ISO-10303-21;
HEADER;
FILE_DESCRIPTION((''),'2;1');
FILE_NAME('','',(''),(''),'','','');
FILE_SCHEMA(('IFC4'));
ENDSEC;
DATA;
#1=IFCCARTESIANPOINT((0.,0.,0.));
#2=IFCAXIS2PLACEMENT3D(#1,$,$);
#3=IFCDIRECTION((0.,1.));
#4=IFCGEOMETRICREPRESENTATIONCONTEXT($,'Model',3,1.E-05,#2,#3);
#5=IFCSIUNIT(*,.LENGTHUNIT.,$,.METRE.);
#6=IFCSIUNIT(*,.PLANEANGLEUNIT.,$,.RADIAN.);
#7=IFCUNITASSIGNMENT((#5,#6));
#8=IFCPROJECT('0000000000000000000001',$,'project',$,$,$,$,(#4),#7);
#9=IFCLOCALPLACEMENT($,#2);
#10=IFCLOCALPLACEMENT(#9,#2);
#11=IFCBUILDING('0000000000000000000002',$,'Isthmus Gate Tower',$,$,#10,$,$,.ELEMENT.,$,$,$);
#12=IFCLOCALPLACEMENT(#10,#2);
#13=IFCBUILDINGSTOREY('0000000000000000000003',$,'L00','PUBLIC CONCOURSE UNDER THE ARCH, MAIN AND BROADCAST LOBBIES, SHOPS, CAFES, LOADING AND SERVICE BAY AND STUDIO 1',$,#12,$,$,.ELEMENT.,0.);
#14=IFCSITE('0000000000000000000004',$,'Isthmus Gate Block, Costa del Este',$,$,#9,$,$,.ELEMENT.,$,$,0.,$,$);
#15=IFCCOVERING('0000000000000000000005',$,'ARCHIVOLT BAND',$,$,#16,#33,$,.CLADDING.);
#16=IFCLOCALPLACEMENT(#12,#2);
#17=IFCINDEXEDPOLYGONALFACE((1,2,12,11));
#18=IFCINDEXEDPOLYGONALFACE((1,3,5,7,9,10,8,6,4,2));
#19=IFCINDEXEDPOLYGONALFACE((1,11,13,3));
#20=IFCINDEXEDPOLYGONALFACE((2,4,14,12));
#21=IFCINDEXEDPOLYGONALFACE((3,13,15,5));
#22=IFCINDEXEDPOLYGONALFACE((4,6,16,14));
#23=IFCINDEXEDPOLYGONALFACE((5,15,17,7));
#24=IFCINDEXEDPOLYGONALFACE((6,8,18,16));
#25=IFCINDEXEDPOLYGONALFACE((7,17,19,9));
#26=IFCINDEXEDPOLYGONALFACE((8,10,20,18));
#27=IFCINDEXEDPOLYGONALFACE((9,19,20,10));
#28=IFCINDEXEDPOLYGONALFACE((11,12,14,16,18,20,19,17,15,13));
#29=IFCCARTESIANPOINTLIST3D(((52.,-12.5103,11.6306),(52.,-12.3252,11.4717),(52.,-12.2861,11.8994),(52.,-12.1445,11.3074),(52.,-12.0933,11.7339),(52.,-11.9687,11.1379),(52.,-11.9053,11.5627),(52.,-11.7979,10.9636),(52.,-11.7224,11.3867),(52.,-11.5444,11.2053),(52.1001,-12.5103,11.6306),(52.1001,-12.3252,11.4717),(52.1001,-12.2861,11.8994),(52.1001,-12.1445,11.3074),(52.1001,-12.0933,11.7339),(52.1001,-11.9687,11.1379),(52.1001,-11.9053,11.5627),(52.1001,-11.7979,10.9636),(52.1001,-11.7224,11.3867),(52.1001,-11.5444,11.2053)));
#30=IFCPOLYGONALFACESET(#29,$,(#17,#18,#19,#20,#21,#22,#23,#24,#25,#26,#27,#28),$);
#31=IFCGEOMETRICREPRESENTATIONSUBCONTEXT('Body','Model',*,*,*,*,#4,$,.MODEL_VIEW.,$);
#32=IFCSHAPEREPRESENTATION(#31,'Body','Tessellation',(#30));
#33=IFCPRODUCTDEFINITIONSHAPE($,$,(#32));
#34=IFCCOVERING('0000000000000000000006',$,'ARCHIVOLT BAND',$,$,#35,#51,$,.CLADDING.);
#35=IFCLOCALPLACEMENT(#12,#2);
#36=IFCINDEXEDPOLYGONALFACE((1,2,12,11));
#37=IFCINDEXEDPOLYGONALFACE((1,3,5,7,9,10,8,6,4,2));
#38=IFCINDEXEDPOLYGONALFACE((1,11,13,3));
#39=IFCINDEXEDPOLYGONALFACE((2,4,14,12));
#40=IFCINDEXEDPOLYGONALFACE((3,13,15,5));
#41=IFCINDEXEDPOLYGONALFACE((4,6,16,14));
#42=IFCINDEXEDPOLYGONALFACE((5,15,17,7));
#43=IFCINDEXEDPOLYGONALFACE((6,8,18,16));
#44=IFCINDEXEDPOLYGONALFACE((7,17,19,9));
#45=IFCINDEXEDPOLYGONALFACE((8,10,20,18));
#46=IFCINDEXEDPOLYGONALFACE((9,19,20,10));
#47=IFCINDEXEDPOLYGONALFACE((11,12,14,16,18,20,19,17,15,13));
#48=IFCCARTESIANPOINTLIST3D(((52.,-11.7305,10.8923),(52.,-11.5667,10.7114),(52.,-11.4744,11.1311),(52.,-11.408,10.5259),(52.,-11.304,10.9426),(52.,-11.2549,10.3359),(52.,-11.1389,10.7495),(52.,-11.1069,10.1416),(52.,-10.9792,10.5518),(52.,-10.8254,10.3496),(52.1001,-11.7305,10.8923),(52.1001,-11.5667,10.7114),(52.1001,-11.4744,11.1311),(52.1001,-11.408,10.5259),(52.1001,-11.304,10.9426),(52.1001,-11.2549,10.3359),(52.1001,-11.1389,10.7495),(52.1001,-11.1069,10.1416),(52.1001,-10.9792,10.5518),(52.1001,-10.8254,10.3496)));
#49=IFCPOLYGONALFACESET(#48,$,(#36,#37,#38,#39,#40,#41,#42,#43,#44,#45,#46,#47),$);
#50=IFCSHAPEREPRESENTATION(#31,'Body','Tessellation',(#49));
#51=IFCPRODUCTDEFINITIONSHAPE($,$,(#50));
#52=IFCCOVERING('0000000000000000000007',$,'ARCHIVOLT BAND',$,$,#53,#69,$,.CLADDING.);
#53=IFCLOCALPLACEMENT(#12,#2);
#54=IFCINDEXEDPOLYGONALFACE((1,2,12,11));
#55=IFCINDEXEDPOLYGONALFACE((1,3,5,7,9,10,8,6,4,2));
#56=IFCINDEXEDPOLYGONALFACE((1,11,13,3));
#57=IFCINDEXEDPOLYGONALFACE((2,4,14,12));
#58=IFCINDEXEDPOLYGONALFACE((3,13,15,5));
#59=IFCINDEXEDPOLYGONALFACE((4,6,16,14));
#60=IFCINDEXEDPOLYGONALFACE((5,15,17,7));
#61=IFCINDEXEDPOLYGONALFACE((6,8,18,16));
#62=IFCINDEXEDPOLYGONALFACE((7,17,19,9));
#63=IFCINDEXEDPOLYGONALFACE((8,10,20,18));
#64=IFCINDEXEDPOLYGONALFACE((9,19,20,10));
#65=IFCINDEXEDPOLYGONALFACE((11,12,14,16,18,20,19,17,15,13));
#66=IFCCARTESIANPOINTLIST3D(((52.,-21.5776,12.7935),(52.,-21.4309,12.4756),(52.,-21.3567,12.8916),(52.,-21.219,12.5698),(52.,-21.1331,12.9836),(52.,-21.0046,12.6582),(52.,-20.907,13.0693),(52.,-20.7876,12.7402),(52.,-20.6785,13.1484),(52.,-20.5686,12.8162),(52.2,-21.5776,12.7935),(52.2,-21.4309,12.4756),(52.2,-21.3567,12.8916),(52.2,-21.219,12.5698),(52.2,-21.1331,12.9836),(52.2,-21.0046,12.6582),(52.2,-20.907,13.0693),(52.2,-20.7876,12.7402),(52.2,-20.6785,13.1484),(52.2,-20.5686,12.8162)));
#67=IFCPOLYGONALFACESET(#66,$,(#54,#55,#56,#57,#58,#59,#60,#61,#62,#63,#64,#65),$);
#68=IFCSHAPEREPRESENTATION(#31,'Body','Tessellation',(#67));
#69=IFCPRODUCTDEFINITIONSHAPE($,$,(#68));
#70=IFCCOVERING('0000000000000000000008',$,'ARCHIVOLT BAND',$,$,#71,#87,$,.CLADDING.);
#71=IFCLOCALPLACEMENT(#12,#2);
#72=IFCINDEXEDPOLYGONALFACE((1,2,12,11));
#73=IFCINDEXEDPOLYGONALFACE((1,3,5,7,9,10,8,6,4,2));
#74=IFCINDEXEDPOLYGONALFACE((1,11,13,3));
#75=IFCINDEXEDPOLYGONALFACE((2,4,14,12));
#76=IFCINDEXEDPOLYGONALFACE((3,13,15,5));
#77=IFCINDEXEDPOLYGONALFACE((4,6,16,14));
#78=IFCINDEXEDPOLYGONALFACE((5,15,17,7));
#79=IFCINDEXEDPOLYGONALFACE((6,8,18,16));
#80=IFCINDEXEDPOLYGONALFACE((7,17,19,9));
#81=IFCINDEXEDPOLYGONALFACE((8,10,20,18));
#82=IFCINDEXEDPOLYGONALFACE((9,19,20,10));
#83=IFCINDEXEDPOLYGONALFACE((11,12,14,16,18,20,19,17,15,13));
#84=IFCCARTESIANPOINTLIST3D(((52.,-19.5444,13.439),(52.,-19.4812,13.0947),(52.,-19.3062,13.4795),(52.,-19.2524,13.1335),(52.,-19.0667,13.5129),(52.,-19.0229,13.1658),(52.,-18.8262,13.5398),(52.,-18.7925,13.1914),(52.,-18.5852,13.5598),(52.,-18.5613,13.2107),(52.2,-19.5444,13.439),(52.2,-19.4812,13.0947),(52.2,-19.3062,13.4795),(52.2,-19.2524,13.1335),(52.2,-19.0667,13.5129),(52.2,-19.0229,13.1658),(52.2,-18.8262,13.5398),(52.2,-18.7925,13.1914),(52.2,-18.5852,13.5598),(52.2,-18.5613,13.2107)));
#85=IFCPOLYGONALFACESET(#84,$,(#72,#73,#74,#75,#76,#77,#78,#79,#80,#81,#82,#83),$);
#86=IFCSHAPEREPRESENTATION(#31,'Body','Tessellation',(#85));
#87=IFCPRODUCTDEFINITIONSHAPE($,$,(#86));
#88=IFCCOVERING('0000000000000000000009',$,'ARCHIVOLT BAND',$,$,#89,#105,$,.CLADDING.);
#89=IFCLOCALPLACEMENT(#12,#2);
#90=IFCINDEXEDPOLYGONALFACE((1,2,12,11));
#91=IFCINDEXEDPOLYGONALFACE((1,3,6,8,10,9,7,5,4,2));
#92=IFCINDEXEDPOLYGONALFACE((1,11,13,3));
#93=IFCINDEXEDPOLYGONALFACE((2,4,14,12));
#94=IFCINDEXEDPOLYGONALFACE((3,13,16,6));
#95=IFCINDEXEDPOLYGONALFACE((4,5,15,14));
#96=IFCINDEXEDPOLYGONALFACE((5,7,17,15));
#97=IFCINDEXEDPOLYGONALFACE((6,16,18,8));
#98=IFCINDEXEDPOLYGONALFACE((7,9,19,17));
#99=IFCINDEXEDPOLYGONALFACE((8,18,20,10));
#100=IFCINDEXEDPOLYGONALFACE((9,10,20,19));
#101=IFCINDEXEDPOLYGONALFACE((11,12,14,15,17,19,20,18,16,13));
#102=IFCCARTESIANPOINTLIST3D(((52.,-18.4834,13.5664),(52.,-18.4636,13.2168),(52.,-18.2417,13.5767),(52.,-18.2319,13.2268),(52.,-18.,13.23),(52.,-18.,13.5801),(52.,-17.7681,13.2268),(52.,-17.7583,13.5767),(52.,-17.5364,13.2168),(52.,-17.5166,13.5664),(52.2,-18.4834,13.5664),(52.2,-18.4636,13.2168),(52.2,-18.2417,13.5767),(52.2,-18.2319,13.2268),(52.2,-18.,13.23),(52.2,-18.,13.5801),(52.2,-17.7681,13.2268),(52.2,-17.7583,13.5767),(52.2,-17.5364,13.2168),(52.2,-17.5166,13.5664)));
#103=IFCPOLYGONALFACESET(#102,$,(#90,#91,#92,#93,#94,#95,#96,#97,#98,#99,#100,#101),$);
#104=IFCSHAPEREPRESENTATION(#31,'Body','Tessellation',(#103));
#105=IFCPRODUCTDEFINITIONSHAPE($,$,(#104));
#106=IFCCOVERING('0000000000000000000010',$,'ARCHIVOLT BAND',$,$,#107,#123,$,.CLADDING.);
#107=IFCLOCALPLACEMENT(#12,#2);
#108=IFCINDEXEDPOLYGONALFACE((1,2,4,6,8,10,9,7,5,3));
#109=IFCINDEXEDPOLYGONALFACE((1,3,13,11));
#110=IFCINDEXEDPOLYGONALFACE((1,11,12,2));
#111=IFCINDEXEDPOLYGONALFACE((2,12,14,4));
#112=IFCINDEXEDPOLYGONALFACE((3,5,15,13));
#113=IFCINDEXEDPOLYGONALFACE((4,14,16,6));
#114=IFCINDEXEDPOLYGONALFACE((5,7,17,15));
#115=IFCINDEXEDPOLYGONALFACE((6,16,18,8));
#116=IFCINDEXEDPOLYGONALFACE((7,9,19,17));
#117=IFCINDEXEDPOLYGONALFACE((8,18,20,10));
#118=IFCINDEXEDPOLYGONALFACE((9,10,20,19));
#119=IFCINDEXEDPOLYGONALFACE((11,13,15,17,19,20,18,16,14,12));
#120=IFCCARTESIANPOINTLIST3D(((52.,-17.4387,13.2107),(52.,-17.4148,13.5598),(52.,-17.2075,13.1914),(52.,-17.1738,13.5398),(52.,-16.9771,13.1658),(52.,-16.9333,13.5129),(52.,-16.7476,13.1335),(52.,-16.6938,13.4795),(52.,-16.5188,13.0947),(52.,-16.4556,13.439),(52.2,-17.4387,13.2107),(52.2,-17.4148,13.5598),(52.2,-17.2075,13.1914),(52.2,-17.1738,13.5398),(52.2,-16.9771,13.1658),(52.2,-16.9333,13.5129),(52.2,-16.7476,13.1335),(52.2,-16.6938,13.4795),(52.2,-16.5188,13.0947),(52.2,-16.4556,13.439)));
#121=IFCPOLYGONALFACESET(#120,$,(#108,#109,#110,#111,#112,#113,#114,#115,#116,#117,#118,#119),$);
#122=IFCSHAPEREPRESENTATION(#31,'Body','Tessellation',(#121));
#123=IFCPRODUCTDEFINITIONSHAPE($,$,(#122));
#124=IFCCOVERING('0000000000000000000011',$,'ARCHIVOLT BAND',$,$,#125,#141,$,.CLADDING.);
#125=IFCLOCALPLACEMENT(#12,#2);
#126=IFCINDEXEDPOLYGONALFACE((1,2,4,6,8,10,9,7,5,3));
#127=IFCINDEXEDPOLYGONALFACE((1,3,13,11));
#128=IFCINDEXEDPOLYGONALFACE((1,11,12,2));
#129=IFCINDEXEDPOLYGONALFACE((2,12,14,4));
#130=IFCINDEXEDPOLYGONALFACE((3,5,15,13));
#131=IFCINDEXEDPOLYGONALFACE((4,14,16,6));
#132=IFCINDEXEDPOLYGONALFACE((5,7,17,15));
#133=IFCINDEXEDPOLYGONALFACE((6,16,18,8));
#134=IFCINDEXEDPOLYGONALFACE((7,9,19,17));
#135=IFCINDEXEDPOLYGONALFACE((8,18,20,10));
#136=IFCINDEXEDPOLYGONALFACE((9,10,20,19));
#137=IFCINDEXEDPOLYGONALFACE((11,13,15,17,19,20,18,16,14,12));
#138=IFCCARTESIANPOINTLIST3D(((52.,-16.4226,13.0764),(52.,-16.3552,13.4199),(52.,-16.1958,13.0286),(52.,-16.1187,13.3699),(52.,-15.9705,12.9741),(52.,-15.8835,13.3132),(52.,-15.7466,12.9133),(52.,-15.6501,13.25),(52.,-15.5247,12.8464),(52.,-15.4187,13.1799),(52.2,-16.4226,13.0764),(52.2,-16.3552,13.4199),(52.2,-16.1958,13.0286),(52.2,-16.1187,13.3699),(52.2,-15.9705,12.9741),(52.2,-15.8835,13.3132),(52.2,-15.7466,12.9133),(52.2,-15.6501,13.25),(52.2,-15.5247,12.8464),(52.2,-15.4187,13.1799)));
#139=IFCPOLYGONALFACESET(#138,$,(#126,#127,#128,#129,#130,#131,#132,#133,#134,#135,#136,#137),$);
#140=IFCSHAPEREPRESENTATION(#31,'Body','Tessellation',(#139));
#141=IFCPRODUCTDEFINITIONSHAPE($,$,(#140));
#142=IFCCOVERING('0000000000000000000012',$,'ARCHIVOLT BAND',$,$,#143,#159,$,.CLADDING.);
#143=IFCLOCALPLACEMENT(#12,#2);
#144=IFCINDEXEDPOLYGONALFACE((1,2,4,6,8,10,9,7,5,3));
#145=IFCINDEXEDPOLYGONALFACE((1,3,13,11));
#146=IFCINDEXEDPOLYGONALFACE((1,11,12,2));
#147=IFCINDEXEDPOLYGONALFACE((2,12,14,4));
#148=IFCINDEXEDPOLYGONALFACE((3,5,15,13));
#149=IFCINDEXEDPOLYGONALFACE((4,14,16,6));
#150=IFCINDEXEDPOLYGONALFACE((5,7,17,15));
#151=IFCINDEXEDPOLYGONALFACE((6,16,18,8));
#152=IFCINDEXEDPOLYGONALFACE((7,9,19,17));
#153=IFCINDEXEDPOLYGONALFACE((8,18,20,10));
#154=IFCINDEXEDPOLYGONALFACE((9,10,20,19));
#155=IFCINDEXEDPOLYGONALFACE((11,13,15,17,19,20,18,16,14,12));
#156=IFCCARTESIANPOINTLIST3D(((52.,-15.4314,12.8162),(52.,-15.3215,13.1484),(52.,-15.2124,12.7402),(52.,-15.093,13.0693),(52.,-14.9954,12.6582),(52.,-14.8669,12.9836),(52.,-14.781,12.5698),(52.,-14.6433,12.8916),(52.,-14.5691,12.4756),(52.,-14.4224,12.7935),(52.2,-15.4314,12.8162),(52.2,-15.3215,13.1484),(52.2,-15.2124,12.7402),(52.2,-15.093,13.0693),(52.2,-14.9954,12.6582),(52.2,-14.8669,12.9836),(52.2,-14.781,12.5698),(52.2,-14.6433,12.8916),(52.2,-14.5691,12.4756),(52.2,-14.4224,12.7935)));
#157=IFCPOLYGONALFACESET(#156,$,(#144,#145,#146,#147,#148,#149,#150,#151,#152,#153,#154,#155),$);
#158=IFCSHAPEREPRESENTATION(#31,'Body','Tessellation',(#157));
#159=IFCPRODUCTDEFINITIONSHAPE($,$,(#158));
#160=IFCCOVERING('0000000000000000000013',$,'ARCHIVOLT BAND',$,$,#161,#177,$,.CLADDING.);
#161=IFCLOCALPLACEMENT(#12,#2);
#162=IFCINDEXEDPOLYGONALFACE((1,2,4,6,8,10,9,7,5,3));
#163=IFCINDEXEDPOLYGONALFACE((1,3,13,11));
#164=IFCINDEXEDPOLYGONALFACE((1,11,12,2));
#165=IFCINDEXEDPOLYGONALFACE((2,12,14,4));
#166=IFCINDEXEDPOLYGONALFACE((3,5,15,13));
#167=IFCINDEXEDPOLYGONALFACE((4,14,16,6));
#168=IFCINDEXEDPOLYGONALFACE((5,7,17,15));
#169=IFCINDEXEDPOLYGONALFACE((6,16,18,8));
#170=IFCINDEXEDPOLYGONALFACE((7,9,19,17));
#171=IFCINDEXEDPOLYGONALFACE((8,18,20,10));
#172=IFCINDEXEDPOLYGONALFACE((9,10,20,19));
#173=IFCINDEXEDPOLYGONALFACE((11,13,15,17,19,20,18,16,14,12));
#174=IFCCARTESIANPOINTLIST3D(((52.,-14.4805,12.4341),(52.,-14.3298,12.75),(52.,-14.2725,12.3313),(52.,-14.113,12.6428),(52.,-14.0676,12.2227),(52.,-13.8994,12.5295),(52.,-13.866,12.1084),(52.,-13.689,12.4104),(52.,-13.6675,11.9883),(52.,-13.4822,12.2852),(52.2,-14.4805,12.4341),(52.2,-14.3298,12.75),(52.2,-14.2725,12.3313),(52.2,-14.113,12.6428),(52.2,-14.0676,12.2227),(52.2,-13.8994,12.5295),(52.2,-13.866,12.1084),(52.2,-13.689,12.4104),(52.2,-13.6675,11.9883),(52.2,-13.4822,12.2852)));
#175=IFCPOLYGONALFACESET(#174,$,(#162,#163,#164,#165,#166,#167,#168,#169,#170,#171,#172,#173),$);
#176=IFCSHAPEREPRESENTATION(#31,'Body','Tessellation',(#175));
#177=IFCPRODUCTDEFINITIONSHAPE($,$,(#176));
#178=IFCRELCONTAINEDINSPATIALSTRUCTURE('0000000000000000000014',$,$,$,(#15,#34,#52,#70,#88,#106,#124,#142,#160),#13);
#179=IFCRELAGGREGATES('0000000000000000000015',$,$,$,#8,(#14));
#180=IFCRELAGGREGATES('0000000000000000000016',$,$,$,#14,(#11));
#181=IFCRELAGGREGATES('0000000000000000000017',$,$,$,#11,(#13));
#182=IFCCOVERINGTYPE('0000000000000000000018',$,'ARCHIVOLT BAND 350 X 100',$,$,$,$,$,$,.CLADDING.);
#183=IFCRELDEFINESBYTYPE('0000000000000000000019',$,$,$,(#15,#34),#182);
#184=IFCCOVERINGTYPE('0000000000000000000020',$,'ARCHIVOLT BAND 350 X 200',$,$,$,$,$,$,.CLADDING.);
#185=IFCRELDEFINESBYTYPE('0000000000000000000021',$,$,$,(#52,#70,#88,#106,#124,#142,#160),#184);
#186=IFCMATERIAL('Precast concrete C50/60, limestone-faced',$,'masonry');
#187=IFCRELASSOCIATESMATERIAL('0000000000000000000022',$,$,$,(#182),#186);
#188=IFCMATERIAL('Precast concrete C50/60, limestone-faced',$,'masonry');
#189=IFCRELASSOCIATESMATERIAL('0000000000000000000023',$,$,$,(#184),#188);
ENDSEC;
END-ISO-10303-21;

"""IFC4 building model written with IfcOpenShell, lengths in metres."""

from ifc_helpers import new_model, si_unit, direction, frame, origin, place, context, subcontext, project, spatial, polyline, outline, extrude, material, type_object, element, save


model = new_model("IFC4")

# Units and contexts
model_context = context("Model", 3, precision=1e-05, world=origin(), true_north=direction((0.0, 1.0)))
body_context = subcontext(model_context, "Body", "Model", "MODEL_VIEW")
ifc_project = project(units=[si_unit("LENGTHUNIT", "METRE"), si_unit("PLANEANGLEUNIT", "RADIAN")], contexts=[model_context])

# Site, building, storey
site_placement = place(None, origin())
site = spatial("IfcSite", under=ifc_project, at=site_placement, Name="Isthmus Gate Block, Costa del Este", CompositionType="ELEMENT", RefElevation=0.0)
building_placement = place(site_placement, origin())
building = spatial("IfcBuilding", under=site, at=building_placement, Name="Isthmus Gate Tower", CompositionType="ELEMENT")
storey_placement = place(building_placement, origin())
storey = spatial("IfcBuildingStorey", under=building, at=storey_placement, Name="L00", Description="PUBLIC CONCOURSE UNDER THE ARCH, MAIN AND BROADCAST LOBBIES, SHOPS, CAFES, LOADING AND SERVICE BAY AND STUDIO 1", CompositionType="ELEMENT", Elevation=0.0)

# Coverings
ifc_material_1 = material(Name="Precast concrete C50/60, limestone-faced", Category="masonry")
covering_type_1 = type_object("IfcCoveringType", Name="ARCHIVOLT BAND 350 X 100", PredefinedType="CLADDING", material=ifc_material_1)
covering_1_placement = place(storey_placement, frame((52.1001, -12.5103, 11.6306), z_axis=(1.0, 0.0, 0.0), x_axis=(0.0, 0.75862, -0.651533)))
element("IfcCovering", 1, at=covering_1_placement, inside=storey, type_object=covering_type_1, Name="ARCHIVOLT BAND", PredefinedType="CLADDING", context=body_context, shape_type="SweptSolid", body=[
    extrude(outline(polyline([(0.0, 0.0), (0.2439, 0.0), (0.488, -0.0069), (0.7318, -0.0209), (0.975, -0.0418), (1.0098, 0.3066), (0.7566, 0.3283), (0.5032, 0.3427), (0.2491, 0.35), (-0.0051, 0.3499), (0.0, 0.0)])), origin(), (0.0, 0.0, -1.0), 0.1001),
])
covering_2_placement = place(storey_placement, frame((52.1001, -11.7305, 10.8923), z_axis=(1.0, 0.0, 0.0), x_axis=(0.0, 0.671228, -0.741251)))
element("IfcCovering", 2, at=covering_2_placement, inside=storey, type_object=covering_type_1, Name="ARCHIVOLT BAND", PredefinedType="CLADDING", context=body_context, shape_type="SweptSolid", body=[
    extrude(outline(polyline([(0.0, 0.0), (0.2441, 0.0), (0.4881, -0.0069), (0.7317, -0.0209), (0.975, -0.0417), (1.0098, 0.3066), (0.7567, 0.3282), (0.5029, 0.3426), (0.249, 0.3499), (-0.0051, 0.3501), (0.0, 0.0)])), origin(), (0.0, 0.0, -1.0), 0.1001),
])
ifc_material_2 = material(Name="Precast concrete C50/60, limestone-faced", Category="masonry")
covering_type_2 = type_object("IfcCoveringType", Name="ARCHIVOLT BAND 350 X 200", PredefinedType="CLADDING", material=ifc_material_2)
covering_3_placement = place(storey_placement, frame((52.2, -21.4309, 12.4756), z_axis=(1.0, 0.0, 0.0), x_axis=(0.0, 0.913725, 0.406334)))
element("IfcCovering", 3, at=covering_3_placement, inside=storey, type_object=covering_type_2, Name="ARCHIVOLT BAND", PredefinedType="CLADDING", context=body_context, shape_type="SweptSolid", body=[
    extrude(outline(polyline([(0.0, 0.0), (0.2319, 0.0), (0.4637, -0.0063), (0.6953, -0.0196), (0.9263, -0.0392), (0.9609, 0.3091), (0.72, 0.3296), (0.4786, 0.3432), (0.2369, 0.35), (-0.0049, 0.3501), (0.0, 0.0)])), origin(), (0.0, 0.0, -1.0), 0.2),
])
covering_4_placement = place(storey_placement, frame((52.2, -19.4812, 13.0947), z_axis=(1.0, 0.0, 0.0), x_axis=(0.0, 0.985906, 0.167299)))
element("IfcCovering", 4, at=covering_4_placement, inside=storey, type_object=covering_type_2, Name="ARCHIVOLT BAND", PredefinedType="CLADDING", context=body_context, shape_type="SweptSolid", body=[
    extrude(outline(polyline([(0.0, 0.0), (0.232, 0.0), (0.4637, -0.0066), (0.6952, -0.0199), (0.9264, -0.0396), (0.9612, 0.3086), (0.7203, 0.3292), (0.4787, 0.343), (0.237, 0.3501), (-0.0048, 0.35), (0.0, 0.0)])), origin(), (0.0, 0.0, -1.0), 0.2),
])
covering_5_placement = place(storey_placement, frame((52.2, -18.4636, 13.2168), z_axis=(1.0, 0.0, 0.0), x_axis=(0.0, 0.999068, 0.043163)))
element("IfcCovering", 5, at=covering_5_placement, inside=storey, type_object=covering_type_2, Name="ARCHIVOLT BAND", PredefinedType="CLADDING", context=body_context, shape_type="SweptSolid", body=[
    extrude(outline(polyline([(0.0, 0.0), (0.2319, 0.0), (0.4638, -0.0068), (0.6953, -0.02), (0.9264, -0.04), (0.9612, 0.3084), (0.7202, 0.3291), (0.4789, 0.3429), (0.2372, 0.3499), (-0.0047, 0.3501), (0.0, 0.0)])), origin(), (0.0, 0.0, -1.0), 0.2),
])
covering_6_placement = place(storey_placement, frame((52.2, -17.4387, 13.2107), z_axis=(1.0, 0.0, 0.0), x_axis=(0.0, 0.996538, -0.083133)))
element("IfcCovering", 6, at=covering_6_placement, inside=storey, type_object=covering_type_2, Name="ARCHIVOLT BAND", PredefinedType="CLADDING", context=body_context, shape_type="SweptSolid", body=[
    extrude(outline(polyline([(0.0, 0.0), (0.232, 0.0), (0.4638, -0.0064), (0.6952, -0.0194), (0.9264, -0.0391), (0.9608, 0.3092), (0.7199, 0.3298), (0.4785, 0.3432), (0.2366, 0.35), (-0.0052, 0.3499), (0.0, 0.0)])), origin(), (0.0, 0.0, -1.0), 0.2),
])
covering_7_placement = place(storey_placement, frame((52.2, -16.4226, 13.0764), z_axis=(1.0, 0.0, 0.0), x_axis=(0.0, 0.97846, -0.206435)))
element("IfcCovering", 7, at=covering_7_placement, inside=storey, type_object=covering_type_2, Name="ARCHIVOLT BAND", PredefinedType="CLADDING", context=body_context, shape_type="SweptSolid", body=[
    extrude(outline(polyline([(0.0, 0.0), (0.2318, 0.0), (0.4635, -0.0068), (0.6951, -0.02), (0.9261, -0.0397), (0.9609, 0.3085), (0.72, 0.3293), (0.4786, 0.343), (0.2368, 0.3499), (-0.005, 0.35), (0.0, 0.0)])), origin(), (0.0, 0.0, -1.0), 0.2),
])
covering_8_placement = place(storey_placement, frame((52.2, -15.4314, 12.8162), z_axis=(1.0, 0.0, 0.0), x_axis=(0.0, 0.944823, -0.327581)))
element("IfcCovering", 8, at=covering_8_placement, inside=storey, type_object=covering_type_2, Name="ARCHIVOLT BAND", PredefinedType="CLADDING", context=body_context, shape_type="SweptSolid", body=[
    extrude(outline(polyline([(0.0, 0.0), (0.2318, 0.0), (0.4637, -0.0064), (0.6952, -0.0197), (0.9263, -0.0393), (0.9608, 0.3091), (0.7199, 0.3294), (0.4784, 0.3431), (0.2368, 0.3501), (-0.005, 0.3499), (0.0, 0.0)])), origin(), (0.0, 0.0, -1.0), 0.2),
])
covering_9_placement = place(storey_placement, frame((52.2, -14.4805, 12.4341), z_axis=(1.0, 0.0, 0.0), x_axis=(0.0, 0.896522, -0.443)))
element("IfcCovering", 9, at=covering_9_placement, inside=storey, type_object=covering_type_2, Name="ARCHIVOLT BAND", PredefinedType="CLADDING", context=body_context, shape_type="SweptSolid", body=[
    extrude(outline(polyline([(0.0, 0.0), (0.232, 0.0), (0.4638, -0.0067), (0.6952, -0.0198), (0.9264, -0.0395), (0.961, 0.3087), (0.7201, 0.3294), (0.4786, 0.343), (0.2369, 0.3499), (-0.0049, 0.35), (0.0, 0.0)])), origin(), (0.0, 0.0, -1.0), 0.2),
])

save(model, "model.ifc")
